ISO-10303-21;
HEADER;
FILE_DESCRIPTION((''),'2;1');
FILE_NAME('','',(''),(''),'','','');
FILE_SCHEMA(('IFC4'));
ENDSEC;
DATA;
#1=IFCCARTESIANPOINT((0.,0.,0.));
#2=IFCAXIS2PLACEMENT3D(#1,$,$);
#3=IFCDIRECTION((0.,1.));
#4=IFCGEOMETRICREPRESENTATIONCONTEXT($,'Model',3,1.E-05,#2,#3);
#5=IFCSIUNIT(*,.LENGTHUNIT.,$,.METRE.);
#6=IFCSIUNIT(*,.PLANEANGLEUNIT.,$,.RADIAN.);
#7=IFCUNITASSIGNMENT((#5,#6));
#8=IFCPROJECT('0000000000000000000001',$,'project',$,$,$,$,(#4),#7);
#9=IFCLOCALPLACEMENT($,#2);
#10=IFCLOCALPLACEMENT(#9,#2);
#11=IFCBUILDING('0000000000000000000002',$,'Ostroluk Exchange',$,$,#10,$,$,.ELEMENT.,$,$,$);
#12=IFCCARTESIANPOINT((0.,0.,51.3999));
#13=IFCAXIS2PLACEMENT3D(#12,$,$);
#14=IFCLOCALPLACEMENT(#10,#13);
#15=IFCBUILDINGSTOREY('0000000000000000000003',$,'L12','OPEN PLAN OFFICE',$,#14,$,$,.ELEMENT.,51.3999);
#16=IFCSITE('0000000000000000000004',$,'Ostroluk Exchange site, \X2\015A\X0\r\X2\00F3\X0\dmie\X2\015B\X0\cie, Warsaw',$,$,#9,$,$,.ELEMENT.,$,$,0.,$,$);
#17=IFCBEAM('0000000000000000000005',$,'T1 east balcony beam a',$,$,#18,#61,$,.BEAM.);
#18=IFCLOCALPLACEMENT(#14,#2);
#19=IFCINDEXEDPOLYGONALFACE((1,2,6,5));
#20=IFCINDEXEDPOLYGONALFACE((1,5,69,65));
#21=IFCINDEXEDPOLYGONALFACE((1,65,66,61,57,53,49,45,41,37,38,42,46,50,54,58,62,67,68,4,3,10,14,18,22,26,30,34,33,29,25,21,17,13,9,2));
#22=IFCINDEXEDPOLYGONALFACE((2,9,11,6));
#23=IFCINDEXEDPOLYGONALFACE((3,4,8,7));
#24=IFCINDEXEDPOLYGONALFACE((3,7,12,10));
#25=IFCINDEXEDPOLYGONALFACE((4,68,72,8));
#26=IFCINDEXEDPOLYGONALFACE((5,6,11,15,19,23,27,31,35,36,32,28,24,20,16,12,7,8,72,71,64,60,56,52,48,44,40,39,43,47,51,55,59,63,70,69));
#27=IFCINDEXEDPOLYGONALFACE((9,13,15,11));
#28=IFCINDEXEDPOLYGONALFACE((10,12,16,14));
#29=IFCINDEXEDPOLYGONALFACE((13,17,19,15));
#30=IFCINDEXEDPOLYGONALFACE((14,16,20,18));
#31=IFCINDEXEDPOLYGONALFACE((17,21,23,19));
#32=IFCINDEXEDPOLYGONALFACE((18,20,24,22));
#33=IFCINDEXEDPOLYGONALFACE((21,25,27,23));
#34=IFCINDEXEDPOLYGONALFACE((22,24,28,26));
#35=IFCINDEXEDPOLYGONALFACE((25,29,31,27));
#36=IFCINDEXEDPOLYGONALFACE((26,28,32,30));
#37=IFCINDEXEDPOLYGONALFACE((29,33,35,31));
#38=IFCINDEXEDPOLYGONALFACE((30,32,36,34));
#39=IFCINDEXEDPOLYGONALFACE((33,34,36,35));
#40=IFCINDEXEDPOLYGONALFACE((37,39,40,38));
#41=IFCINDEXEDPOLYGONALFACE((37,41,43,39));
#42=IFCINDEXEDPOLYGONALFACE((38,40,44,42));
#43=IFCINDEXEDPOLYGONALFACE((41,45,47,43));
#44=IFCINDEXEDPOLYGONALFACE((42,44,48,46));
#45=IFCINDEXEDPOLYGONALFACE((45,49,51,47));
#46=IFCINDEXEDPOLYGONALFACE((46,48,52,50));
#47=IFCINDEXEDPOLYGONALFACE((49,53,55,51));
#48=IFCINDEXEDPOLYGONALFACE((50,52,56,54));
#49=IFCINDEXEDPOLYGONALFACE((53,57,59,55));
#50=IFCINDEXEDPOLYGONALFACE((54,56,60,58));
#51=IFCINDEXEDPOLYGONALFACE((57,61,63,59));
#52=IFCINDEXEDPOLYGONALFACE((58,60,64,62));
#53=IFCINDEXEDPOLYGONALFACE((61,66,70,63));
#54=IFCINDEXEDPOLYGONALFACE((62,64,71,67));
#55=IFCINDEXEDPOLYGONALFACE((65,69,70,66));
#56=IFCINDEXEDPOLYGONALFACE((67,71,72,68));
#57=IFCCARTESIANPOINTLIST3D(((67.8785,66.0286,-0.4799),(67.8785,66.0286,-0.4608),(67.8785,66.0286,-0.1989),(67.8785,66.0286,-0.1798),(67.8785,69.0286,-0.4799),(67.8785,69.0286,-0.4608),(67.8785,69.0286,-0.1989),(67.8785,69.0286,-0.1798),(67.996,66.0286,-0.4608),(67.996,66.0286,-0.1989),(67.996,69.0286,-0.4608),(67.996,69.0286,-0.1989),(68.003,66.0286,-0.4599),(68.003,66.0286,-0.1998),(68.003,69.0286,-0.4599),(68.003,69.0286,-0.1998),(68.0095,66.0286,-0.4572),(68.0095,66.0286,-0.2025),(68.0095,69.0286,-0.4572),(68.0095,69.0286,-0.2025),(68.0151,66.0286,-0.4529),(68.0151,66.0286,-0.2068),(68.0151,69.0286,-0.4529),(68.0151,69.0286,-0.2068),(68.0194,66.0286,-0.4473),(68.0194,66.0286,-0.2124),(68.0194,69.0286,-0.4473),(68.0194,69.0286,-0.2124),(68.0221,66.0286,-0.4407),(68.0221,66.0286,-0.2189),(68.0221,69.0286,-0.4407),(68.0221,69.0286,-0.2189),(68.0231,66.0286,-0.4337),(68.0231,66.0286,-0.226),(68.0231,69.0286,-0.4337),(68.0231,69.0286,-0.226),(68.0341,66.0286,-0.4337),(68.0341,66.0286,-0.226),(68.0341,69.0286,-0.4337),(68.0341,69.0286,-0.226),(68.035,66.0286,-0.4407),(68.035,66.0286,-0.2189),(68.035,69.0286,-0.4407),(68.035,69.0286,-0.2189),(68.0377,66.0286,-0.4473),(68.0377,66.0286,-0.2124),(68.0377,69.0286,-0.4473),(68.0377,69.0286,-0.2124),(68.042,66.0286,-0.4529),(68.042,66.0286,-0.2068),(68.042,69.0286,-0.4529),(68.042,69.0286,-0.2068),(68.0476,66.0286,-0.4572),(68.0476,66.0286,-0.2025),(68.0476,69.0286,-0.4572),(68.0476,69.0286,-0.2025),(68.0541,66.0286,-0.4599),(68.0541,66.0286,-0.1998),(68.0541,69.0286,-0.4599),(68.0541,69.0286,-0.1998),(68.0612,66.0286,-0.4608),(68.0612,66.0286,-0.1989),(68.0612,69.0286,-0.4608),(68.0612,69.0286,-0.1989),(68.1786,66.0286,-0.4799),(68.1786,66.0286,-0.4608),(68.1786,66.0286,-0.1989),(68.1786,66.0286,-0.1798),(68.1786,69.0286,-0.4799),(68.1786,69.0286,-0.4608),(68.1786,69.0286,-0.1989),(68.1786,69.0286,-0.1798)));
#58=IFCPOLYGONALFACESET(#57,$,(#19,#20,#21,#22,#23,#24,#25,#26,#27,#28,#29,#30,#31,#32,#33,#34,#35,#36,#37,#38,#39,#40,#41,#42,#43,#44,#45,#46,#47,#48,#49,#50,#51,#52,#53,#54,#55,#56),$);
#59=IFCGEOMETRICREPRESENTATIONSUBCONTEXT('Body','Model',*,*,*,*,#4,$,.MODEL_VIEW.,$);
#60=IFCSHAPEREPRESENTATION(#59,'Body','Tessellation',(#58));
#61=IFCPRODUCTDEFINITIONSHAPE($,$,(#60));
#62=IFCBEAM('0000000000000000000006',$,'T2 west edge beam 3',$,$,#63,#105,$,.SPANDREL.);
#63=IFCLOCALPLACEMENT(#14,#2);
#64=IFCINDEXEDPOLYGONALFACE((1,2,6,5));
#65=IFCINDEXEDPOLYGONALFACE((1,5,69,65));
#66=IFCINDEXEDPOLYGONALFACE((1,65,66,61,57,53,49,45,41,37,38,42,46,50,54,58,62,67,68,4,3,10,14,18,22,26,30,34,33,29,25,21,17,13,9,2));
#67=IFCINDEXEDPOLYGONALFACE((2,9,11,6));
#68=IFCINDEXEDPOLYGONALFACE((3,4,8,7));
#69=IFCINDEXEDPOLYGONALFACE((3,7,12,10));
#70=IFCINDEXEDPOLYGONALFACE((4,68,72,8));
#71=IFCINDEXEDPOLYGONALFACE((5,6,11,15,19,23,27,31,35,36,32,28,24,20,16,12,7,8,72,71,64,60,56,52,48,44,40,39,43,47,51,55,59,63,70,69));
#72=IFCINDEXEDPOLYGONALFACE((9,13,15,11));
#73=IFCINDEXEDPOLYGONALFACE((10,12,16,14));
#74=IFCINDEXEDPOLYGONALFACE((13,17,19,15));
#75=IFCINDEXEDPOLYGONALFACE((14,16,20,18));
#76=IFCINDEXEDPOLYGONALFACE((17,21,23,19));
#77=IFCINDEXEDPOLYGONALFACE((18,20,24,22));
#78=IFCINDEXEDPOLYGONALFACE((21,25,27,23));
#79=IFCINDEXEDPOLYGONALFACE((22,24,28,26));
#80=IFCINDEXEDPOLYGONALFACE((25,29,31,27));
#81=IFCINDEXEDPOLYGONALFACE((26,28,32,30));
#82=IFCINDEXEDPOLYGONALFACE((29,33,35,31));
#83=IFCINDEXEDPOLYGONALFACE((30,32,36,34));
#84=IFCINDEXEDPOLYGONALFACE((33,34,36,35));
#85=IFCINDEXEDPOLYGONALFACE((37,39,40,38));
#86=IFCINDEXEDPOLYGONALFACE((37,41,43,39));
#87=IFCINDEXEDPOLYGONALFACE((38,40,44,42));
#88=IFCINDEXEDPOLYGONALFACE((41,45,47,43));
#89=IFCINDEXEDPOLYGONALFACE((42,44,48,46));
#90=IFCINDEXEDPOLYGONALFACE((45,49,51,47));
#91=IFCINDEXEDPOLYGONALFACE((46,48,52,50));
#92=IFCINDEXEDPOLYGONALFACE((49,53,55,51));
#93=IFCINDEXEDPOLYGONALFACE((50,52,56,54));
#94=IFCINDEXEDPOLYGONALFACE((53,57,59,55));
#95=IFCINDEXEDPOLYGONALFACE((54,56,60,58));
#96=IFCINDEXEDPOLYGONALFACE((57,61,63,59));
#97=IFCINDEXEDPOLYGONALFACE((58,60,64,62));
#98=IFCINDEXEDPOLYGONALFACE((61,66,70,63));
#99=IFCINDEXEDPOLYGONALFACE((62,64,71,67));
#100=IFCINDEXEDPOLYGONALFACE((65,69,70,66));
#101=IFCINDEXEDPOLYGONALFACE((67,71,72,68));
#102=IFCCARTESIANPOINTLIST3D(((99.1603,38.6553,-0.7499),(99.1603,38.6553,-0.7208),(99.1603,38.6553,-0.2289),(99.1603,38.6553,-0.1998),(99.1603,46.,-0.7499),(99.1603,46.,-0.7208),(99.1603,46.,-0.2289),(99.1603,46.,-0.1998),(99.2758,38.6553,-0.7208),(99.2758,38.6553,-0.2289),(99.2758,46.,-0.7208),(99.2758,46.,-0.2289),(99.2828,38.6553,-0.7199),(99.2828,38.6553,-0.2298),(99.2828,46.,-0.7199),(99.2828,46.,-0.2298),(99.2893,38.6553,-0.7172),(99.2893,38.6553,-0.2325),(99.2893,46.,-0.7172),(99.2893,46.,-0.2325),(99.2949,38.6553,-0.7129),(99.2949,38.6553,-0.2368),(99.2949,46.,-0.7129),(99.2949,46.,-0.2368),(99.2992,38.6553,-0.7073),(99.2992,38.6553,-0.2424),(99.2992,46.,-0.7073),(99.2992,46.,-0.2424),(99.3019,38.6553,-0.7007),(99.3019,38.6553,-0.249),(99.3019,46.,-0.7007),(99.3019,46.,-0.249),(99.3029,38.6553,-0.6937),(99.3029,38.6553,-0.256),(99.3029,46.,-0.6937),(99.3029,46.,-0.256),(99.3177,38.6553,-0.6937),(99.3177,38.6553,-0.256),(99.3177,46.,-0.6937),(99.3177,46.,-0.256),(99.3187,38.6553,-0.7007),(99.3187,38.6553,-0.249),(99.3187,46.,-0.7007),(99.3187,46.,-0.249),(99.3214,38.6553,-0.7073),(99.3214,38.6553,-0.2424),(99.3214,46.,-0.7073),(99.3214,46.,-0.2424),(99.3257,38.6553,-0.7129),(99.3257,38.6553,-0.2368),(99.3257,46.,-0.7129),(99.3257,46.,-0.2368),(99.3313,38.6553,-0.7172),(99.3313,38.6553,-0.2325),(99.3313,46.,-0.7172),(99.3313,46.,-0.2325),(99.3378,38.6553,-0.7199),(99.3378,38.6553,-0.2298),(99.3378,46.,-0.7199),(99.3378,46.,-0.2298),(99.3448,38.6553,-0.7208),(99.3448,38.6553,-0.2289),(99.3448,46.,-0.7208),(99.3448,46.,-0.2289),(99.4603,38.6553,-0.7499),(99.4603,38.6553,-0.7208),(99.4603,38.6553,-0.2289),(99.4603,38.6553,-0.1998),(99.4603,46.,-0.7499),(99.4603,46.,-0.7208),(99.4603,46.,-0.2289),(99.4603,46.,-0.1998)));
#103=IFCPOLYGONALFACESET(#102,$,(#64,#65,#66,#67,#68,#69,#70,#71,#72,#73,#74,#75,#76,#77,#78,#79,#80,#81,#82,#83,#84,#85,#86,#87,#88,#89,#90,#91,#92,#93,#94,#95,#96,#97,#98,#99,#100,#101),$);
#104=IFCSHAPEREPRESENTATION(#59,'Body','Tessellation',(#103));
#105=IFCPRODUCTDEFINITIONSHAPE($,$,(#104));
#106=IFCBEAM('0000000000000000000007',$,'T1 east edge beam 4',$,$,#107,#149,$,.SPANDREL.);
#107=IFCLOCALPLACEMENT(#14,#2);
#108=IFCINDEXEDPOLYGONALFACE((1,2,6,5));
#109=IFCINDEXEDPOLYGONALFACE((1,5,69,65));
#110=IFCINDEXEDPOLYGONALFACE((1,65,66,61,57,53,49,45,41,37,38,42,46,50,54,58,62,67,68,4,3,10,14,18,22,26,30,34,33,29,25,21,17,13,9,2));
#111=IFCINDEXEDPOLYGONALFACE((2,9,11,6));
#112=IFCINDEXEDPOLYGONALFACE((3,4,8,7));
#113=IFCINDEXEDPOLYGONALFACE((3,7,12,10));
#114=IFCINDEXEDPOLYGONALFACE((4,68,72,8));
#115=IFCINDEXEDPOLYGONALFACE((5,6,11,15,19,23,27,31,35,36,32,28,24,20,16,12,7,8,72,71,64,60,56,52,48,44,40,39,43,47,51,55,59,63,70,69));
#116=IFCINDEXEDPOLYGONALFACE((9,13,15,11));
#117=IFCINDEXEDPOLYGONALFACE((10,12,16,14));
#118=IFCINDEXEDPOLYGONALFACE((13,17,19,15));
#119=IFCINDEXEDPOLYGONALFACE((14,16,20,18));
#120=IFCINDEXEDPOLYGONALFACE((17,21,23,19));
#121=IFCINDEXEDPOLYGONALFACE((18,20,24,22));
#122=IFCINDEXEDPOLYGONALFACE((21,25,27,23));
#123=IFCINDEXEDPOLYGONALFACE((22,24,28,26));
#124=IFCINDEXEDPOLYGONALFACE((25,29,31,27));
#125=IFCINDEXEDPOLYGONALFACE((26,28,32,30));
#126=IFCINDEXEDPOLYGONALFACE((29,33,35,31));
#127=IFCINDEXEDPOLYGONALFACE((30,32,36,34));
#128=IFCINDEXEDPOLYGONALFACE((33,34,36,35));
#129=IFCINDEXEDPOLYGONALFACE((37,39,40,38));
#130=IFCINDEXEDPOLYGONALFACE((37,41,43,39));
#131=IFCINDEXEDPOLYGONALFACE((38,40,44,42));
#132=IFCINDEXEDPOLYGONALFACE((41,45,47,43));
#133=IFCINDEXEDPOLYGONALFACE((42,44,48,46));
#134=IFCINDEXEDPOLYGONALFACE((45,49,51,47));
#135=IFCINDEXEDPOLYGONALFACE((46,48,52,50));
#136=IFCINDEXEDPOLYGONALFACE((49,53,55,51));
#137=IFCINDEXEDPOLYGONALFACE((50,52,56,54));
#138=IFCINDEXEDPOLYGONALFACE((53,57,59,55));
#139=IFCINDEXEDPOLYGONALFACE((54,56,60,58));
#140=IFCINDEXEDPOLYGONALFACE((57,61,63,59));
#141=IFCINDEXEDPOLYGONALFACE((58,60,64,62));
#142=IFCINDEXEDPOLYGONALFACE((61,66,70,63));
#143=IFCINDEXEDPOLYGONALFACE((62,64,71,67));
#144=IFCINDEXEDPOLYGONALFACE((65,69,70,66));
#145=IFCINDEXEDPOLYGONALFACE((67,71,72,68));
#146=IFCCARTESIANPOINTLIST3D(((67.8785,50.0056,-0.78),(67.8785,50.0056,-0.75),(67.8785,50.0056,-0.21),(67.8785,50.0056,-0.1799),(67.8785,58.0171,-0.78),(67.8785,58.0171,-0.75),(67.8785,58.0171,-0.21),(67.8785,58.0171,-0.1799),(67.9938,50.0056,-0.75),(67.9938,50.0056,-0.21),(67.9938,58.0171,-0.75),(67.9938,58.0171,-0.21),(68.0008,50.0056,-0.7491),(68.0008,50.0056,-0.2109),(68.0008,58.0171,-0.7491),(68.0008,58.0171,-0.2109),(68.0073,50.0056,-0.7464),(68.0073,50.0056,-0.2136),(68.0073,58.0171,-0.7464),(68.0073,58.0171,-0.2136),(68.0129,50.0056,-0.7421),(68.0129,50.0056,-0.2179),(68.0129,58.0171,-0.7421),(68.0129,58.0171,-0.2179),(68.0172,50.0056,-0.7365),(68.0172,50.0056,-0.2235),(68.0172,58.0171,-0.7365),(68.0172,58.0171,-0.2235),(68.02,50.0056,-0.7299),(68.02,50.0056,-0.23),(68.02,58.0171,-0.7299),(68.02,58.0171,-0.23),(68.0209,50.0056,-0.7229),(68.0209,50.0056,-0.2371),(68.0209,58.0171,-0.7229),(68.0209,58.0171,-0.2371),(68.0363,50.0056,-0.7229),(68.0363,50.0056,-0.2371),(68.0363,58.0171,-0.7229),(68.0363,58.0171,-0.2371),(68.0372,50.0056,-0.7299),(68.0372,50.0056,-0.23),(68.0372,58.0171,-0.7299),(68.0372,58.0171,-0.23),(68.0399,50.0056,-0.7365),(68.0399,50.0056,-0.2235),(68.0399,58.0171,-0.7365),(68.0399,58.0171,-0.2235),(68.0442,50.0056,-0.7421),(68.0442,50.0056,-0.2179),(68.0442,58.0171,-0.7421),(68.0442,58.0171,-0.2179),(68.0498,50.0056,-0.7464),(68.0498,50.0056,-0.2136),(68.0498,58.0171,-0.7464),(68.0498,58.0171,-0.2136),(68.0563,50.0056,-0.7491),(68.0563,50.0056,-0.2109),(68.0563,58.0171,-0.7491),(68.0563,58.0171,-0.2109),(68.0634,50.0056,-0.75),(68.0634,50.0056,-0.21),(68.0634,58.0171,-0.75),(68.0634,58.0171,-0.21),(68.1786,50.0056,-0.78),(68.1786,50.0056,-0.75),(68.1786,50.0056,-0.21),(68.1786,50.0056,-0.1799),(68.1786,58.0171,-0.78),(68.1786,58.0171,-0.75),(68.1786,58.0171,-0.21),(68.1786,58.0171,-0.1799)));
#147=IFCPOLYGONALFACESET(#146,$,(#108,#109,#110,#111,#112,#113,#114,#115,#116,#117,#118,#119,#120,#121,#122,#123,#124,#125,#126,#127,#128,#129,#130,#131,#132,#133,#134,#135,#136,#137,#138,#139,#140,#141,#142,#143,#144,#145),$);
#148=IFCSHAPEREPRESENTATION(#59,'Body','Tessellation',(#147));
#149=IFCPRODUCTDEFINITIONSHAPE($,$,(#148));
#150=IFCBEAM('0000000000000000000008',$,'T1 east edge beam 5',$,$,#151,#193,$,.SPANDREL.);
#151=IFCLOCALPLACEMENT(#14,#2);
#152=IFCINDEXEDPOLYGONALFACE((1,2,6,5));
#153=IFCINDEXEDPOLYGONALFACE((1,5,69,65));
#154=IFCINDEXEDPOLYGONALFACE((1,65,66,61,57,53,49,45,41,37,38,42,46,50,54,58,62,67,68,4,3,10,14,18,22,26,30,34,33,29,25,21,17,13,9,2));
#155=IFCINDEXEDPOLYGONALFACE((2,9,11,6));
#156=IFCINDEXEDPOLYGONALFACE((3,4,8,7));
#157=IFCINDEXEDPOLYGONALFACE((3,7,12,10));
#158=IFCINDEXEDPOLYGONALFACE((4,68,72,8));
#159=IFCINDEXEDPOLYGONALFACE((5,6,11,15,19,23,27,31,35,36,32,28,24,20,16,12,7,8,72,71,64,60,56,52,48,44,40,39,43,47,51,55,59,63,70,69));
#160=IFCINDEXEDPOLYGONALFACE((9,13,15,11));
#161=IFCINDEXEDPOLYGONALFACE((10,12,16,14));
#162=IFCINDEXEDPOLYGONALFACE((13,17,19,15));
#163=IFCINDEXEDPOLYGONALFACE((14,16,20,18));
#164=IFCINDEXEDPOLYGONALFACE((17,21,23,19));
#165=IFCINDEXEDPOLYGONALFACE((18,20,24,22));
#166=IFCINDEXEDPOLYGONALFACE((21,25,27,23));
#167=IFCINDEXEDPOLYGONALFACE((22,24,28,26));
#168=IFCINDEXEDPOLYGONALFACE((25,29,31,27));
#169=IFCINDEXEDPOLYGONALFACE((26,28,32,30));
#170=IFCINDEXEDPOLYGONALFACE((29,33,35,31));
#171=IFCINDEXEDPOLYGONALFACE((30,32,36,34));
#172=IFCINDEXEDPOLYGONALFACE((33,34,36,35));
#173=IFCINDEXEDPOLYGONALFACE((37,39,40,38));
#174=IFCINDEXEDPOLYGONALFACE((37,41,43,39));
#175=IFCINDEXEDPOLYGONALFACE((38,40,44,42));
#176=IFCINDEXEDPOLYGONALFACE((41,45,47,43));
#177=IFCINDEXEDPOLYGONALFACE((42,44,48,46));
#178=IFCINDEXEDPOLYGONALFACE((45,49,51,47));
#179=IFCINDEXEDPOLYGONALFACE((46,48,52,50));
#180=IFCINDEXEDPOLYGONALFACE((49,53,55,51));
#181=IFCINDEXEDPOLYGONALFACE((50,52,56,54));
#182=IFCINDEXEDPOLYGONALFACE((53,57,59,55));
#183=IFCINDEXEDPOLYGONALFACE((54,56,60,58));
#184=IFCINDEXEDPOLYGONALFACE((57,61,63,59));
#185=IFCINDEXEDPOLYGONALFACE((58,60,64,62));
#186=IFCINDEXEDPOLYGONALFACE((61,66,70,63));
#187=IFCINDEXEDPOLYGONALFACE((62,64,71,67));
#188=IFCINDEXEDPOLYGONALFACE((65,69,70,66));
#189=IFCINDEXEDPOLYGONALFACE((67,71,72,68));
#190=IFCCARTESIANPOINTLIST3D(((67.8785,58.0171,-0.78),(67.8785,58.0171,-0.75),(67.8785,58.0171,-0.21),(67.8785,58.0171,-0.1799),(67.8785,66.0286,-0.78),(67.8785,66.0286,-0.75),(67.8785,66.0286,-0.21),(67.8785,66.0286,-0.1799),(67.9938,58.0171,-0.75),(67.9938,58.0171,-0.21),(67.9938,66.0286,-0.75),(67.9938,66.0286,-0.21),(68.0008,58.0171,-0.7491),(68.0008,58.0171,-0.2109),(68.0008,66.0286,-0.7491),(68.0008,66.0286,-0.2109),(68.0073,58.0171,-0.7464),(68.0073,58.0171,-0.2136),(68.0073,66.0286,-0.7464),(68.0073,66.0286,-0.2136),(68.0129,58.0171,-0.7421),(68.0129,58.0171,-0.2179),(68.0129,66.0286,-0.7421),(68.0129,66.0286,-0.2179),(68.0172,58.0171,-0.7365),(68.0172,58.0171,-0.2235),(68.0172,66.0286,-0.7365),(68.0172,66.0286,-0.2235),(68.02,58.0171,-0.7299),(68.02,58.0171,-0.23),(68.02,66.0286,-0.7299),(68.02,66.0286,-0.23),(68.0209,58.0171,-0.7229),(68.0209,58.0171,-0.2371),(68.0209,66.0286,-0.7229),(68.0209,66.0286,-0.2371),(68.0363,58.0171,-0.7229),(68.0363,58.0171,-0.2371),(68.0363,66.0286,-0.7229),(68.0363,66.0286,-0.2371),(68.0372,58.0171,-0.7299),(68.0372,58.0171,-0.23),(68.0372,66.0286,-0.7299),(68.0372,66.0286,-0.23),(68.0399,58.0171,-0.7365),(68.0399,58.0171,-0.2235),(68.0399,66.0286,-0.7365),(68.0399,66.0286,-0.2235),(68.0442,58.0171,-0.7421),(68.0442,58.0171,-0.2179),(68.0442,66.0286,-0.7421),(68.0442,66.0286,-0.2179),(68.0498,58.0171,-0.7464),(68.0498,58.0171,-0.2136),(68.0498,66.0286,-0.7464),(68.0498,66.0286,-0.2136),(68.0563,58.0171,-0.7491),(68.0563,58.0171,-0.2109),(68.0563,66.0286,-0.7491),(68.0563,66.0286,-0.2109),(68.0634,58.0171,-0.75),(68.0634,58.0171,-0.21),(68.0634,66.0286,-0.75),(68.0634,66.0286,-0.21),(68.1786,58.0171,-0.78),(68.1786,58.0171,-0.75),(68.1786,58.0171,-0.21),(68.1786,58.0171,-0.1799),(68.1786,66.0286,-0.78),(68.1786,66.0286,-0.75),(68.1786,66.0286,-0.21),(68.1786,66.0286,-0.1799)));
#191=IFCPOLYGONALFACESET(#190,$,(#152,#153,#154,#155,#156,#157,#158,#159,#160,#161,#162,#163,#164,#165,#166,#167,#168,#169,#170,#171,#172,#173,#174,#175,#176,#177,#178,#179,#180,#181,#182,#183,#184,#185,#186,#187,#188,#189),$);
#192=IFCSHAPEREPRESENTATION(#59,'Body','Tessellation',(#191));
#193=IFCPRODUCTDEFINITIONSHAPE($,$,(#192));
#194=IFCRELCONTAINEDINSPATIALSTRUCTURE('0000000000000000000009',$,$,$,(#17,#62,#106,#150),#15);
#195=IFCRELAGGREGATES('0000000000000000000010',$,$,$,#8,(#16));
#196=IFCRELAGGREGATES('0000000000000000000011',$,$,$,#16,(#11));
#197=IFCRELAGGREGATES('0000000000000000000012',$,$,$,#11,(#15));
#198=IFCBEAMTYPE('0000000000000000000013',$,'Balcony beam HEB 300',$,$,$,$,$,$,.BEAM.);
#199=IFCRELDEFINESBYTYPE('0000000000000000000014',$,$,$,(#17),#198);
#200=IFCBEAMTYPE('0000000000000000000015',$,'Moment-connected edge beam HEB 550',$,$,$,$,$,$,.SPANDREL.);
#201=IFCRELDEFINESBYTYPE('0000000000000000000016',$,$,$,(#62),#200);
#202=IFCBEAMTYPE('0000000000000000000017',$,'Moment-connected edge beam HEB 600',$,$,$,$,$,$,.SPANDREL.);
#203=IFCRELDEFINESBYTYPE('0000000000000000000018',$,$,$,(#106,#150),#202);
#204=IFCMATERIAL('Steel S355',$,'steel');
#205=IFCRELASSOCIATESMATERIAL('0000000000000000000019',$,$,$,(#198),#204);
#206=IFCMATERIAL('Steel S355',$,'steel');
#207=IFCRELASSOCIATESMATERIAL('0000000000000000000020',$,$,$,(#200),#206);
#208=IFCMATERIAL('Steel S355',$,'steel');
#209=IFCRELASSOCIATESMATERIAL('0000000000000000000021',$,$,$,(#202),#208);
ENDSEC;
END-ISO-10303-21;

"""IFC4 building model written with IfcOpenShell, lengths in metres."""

from ifc_helpers import new_model, si_unit, direction, frame, origin, origin_2d, place, context, subcontext, project, spatial, i_section, extrude, material, material_profile, profile_set, type_object, element, save


model = new_model("IFC4")

# Units and contexts
model_context = context("Model", 3, precision=1e-05, world=origin(), true_north=direction((0.0, 1.0)))
body_context = subcontext(model_context, "Body", "Model", "MODEL_VIEW")
ifc_project = project(units=[si_unit("LENGTHUNIT", "METRE"), si_unit("PLANEANGLEUNIT", "RADIAN")], contexts=[model_context])

# Site, building, storey
site_placement = place(None, origin())
site = spatial("IfcSite", under=ifc_project, at=site_placement, Name="Ostroluk Exchange site, Śródmieście, Warsaw", CompositionType="ELEMENT", RefElevation=0.0)
building_placement = place(site_placement, origin())
building = spatial("IfcBuilding", under=site, at=building_placement, Name="Ostroluk Exchange", CompositionType="ELEMENT")
storey_placement = place(building_placement, frame((0.0, 0.0, 51.3999)))
storey = spatial("IfcBuildingStorey", under=building, at=storey_placement, Name="L12", Description="OPEN PLAN OFFICE", CompositionType="ELEMENT", Elevation=51.3999)

# Beams
ifc_material_1 = material(Name="Steel S355", Category="steel")
ifc_material_profile_1 = material_profile(ifc_material_1, i_section(OverallWidth=0.3, OverallDepth=0.3, WebThickness=0.011, FlangeThickness=0.019, FilletRadius=0.0271, at=origin_2d()), Name="HEB 300")
ifc_profile_set_1 = profile_set([ifc_material_profile_1], Name="Steel S355")
beam_type_1 = type_object("IfcBeamType", Name="Balcony beam HEB 300", PredefinedType="BEAM", material=ifc_profile_set_1)
beam_1_placement = place(storey_placement, frame((68.0286, 66.0286, -0.3298), z_axis=(0.0, 1.0, 0.0), x_axis=(-1.0, 0.0, 0.0)))
element("IfcBeam", 1, at=beam_1_placement, inside=storey, type_object=beam_type_1, Name="T1 east balcony beam a", PredefinedType="BEAM", context=body_context, shape_type="SweptSolid", body=[
    extrude(i_section(OverallWidth=0.3, OverallDepth=0.3, WebThickness=0.011, FlangeThickness=0.019, FilletRadius=0.0271, at=origin_2d()), origin(), (0.0, 0.0, 1.0), 3.0),
])
ifc_material_2 = material(Name="Steel S355", Category="steel")
ifc_material_profile_2 = material_profile(ifc_material_2, i_section(OverallWidth=0.3, OverallDepth=0.55, WebThickness=0.0149, FlangeThickness=0.0291, FilletRadius=0.0271, at=origin_2d()), Name="HEB 550")
ifc_profile_set_2 = profile_set([ifc_material_profile_2], Name="Steel S355")
beam_type_2 = type_object("IfcBeamType", Name="Moment-connected edge beam HEB 550", PredefinedType="SPANDREL", material=ifc_profile_set_2)
beam_2_placement = place(storey_placement, frame((99.3103, 46.0, -0.4749), z_axis=(0.0, -1.0, 0.0), x_axis=(1.0, 0.0, 0.0)))
element("IfcBeam", 2, at=beam_2_placement, inside=storey, type_object=beam_type_2, Name="T2 west edge beam 3", PredefinedType="SPANDREL", context=body_context, shape_type="SweptSolid", body=[
    extrude(i_section(OverallWidth=0.3, OverallDepth=0.55, WebThickness=0.0149, FlangeThickness=0.0291, FilletRadius=0.0271, at=origin_2d()), origin(), (0.0, 0.0, 1.0), 7.3447),
])
ifc_material_3 = material(Name="Steel S355", Category="steel")
ifc_material_profile_3 = material_profile(ifc_material_3, i_section(OverallWidth=0.3, OverallDepth=0.6001, WebThickness=0.0154, FlangeThickness=0.03, FilletRadius=0.0271, at=origin_2d()), Name="HEB 600")
ifc_profile_set_3 = profile_set([ifc_material_profile_3], Name="Steel S355")
beam_type_3 = type_object("IfcBeamType", Name="Moment-connected edge beam HEB 600", PredefinedType="SPANDREL", material=ifc_profile_set_3)
for number, where, z_axis, x_axis, name in (
    (3, (68.0286, 50.0056, -0.48), (0.0, 1.0, 0.0), (-1.0, 0.0, 0.0), "T1 east edge beam 4"),
    (4, (68.0286, 58.0171, -0.48), (0.0, 1.0, 0.0), (-1.0, 0.0, 0.0), "T1 east edge beam 5"),
):
    element("IfcBeam", number, at=place(storey_placement, frame(where, z_axis=z_axis, x_axis=x_axis)), inside=storey, type_object=beam_type_3, Name=name, PredefinedType="SPANDREL", context=body_context, shape_type="SweptSolid", body=[
        extrude(i_section(OverallWidth=0.3, OverallDepth=0.6001, WebThickness=0.0154, FlangeThickness=0.03, FilletRadius=0.0271, at=origin_2d()), origin(), (0.0, 0.0, 1.0), 8.0115),
    ])

save(model, "model.ifc")
